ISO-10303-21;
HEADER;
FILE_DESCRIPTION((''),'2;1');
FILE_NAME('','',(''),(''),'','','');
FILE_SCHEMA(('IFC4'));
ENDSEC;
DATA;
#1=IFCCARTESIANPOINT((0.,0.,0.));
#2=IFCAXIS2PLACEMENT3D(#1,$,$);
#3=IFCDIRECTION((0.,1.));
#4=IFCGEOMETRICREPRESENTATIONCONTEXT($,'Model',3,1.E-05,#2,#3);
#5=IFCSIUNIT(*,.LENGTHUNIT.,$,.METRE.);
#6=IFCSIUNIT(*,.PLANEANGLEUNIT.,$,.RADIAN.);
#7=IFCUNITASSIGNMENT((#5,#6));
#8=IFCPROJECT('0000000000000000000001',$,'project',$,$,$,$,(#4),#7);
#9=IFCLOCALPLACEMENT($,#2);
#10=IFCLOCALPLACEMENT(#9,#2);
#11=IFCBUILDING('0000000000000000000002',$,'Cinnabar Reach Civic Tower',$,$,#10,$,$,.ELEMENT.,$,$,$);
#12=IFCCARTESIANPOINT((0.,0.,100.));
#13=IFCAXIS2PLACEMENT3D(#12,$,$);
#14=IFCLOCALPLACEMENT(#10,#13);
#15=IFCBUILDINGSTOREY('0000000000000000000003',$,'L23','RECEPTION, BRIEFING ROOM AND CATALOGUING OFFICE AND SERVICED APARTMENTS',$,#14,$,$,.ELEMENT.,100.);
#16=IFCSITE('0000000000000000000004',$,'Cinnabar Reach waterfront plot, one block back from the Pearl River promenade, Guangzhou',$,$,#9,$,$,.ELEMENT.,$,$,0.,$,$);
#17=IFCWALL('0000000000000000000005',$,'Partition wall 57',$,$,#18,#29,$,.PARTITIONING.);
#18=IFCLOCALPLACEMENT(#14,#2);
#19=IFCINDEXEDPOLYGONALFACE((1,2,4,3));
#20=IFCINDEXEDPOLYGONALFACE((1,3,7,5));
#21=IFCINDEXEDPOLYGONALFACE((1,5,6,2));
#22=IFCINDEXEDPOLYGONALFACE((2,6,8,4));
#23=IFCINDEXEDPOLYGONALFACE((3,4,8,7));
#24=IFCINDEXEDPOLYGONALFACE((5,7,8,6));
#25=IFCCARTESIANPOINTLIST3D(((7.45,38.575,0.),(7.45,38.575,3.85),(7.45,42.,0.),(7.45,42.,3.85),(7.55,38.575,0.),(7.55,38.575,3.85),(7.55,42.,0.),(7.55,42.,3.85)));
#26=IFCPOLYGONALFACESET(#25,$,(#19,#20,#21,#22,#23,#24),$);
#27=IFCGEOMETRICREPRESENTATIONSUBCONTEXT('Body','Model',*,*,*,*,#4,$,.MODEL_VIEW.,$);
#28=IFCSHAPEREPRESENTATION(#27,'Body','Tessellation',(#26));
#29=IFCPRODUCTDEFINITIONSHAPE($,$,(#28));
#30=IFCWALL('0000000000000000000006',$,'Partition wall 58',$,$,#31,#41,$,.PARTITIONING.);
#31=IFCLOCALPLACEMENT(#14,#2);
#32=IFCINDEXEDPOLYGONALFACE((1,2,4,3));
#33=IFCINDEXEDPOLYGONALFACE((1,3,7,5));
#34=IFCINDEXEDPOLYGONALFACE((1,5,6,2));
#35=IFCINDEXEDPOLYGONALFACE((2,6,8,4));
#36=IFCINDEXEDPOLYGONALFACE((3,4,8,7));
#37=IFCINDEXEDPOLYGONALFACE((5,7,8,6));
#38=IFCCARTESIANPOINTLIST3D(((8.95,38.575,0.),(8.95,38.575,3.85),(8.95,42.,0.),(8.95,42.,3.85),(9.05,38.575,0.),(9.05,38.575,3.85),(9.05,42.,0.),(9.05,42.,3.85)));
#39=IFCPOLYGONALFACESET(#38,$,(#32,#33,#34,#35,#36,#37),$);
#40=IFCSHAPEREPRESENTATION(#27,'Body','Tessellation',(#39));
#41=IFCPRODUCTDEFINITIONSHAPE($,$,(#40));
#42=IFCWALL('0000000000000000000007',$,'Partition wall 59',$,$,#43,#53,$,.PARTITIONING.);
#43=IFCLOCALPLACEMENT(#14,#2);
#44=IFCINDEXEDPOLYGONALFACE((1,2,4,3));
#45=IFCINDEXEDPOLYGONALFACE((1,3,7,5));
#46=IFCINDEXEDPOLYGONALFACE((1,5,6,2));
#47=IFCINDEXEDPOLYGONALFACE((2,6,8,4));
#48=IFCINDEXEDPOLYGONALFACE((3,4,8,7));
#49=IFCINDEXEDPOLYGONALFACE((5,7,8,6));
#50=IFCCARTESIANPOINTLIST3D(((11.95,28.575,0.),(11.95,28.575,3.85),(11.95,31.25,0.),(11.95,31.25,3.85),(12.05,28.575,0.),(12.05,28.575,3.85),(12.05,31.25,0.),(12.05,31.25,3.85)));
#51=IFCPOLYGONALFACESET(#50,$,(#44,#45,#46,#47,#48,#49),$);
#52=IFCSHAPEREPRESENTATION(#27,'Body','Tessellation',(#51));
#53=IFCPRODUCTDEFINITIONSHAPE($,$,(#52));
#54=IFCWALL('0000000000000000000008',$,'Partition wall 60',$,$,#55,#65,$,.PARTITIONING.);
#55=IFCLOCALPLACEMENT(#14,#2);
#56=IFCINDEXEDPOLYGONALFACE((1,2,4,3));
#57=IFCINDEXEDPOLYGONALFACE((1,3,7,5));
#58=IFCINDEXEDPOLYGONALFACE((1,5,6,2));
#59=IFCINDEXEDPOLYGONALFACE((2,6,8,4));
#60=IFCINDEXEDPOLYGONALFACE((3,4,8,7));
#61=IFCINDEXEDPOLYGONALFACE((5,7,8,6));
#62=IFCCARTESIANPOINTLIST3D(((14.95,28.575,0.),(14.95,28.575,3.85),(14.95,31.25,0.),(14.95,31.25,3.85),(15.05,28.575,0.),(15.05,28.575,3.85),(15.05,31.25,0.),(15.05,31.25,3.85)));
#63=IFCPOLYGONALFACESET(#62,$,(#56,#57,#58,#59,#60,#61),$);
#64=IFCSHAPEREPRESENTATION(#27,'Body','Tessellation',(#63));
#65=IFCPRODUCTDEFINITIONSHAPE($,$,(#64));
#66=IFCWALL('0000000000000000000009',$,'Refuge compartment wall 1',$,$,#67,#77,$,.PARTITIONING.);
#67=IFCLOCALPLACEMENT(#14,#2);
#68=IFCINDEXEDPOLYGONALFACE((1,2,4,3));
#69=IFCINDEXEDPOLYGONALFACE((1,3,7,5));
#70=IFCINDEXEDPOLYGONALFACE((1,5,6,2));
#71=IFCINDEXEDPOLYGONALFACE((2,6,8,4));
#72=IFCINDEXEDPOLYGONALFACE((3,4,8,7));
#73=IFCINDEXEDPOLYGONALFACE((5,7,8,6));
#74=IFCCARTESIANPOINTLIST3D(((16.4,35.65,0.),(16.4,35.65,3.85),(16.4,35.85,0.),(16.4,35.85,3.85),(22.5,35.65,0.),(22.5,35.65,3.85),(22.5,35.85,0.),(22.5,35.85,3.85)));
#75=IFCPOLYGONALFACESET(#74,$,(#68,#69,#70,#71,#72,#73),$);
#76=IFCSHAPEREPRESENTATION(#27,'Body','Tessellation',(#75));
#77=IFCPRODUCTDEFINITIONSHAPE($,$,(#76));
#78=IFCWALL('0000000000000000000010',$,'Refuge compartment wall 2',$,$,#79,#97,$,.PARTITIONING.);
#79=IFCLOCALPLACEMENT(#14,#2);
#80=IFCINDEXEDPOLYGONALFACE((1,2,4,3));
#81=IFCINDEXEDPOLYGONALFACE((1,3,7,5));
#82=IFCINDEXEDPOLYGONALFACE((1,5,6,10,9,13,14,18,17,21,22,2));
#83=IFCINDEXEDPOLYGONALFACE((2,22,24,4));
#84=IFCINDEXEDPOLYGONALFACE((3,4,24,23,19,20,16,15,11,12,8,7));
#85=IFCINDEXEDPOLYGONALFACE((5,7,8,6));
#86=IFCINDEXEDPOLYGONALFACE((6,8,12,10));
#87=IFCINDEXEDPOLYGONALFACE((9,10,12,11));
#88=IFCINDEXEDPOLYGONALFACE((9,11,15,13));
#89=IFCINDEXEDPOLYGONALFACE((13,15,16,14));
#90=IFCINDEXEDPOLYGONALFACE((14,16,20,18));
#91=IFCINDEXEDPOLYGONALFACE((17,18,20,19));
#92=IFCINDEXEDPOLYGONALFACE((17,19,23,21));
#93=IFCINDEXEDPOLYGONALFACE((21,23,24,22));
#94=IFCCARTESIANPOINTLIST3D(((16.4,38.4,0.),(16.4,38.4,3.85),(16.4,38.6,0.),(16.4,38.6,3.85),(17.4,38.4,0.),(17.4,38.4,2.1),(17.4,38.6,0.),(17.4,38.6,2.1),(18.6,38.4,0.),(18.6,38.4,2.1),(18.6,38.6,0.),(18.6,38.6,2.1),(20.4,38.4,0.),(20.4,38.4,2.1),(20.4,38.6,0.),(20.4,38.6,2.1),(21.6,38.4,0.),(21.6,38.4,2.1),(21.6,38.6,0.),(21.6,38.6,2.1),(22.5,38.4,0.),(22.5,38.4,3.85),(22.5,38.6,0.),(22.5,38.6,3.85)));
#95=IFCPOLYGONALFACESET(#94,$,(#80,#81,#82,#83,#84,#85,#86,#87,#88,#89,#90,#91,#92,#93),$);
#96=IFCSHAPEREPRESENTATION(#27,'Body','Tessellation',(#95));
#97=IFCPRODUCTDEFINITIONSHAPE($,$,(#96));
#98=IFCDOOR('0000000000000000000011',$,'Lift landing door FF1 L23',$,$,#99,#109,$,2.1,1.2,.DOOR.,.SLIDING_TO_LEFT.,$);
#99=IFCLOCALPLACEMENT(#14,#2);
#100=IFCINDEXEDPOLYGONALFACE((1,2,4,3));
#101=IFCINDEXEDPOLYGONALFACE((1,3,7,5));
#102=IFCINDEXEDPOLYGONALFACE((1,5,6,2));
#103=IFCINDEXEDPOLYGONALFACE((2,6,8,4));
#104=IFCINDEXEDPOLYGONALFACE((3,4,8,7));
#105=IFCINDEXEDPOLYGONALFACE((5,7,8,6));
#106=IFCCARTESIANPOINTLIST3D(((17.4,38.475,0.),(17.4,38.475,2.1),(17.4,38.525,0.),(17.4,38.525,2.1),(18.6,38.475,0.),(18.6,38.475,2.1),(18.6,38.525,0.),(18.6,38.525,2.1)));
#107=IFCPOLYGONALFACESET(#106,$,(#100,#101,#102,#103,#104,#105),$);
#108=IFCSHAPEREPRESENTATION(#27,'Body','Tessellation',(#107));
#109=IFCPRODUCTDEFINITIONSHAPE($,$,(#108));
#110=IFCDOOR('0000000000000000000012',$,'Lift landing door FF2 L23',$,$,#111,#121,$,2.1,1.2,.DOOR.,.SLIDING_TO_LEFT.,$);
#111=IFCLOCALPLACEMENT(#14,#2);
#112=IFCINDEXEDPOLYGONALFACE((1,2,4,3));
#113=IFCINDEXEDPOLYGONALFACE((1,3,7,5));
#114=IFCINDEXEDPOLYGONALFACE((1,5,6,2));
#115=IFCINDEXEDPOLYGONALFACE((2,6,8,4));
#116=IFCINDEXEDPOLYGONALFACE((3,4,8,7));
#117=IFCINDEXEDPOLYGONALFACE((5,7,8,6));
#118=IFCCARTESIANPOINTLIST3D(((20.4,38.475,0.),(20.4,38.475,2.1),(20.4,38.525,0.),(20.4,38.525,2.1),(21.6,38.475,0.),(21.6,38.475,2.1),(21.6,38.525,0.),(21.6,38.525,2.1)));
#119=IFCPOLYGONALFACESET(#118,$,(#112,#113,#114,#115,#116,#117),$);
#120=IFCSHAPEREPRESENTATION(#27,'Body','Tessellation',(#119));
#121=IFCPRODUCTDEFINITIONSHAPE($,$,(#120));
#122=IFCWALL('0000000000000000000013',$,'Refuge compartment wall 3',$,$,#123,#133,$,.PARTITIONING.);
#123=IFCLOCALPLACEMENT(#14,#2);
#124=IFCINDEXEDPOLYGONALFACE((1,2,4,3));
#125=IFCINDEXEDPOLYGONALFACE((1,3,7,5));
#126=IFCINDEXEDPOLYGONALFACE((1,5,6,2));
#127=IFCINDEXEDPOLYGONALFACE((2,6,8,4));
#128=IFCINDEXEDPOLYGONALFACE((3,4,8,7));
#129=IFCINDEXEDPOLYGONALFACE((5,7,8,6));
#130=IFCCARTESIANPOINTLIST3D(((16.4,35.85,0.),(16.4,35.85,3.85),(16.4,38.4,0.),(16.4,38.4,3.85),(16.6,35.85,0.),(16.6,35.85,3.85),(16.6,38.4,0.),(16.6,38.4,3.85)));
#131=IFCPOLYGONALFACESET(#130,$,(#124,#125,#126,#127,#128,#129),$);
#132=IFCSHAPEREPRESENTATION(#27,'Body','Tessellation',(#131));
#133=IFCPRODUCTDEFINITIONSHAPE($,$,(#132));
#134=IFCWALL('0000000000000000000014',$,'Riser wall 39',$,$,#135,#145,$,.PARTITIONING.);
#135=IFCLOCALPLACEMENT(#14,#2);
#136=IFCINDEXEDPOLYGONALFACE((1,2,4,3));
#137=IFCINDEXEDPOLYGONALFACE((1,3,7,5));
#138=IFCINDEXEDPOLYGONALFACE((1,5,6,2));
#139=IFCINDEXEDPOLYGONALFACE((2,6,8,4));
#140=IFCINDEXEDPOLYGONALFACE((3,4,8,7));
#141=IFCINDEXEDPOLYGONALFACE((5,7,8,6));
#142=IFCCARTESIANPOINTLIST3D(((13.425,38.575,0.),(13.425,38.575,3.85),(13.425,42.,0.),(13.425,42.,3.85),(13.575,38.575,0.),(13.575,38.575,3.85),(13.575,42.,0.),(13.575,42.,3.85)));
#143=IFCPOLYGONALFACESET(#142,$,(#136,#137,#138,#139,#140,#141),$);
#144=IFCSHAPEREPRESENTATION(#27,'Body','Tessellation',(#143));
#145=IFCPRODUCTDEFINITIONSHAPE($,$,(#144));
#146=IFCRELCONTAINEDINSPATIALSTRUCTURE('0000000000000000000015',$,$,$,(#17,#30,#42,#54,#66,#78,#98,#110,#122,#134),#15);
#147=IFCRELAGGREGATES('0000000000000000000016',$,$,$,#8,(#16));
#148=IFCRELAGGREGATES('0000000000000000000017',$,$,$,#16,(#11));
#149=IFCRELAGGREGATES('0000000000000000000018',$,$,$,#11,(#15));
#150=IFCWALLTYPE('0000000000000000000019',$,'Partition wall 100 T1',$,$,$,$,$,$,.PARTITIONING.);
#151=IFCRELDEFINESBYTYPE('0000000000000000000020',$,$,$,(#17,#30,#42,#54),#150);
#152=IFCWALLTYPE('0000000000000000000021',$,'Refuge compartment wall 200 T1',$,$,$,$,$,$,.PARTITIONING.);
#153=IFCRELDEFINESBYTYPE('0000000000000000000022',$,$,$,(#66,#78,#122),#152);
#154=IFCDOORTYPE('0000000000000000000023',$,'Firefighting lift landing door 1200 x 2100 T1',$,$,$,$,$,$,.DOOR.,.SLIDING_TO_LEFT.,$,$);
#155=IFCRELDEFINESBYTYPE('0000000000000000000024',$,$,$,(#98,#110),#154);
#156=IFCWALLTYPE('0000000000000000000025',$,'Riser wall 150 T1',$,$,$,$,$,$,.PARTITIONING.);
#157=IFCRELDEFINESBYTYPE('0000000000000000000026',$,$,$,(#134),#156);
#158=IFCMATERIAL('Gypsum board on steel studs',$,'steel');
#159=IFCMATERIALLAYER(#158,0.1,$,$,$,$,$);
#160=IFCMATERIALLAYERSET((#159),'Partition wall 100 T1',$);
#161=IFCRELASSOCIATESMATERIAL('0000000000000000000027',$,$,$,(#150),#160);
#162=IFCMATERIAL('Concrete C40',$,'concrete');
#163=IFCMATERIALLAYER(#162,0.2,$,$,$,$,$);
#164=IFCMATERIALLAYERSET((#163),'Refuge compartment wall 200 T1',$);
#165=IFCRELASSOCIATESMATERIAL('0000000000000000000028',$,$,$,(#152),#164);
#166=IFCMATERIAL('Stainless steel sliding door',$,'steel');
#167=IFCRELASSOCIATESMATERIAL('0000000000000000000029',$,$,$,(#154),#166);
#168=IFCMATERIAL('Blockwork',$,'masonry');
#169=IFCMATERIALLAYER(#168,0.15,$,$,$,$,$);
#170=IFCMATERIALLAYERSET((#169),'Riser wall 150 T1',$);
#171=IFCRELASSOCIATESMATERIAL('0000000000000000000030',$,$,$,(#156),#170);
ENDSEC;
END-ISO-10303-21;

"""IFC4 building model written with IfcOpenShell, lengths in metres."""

from ifc_helpers import new_model, si_unit, direction, frame, frame_2d, origin, place, context, subcontext, project, spatial, rectangle, extrude, material, layer, layer_set, type_object, element, fill, save


model = new_model("IFC4")

# Units and contexts
model_context = context("Model", 3, precision=1e-05, world=origin(), true_north=direction((0.0, 1.0)))
body_context = subcontext(model_context, "Body", "Model", "MODEL_VIEW")
ifc_project = project(units=[si_unit("LENGTHUNIT", "METRE"), si_unit("PLANEANGLEUNIT", "RADIAN")], contexts=[model_context])

# Site, building, storey
site_placement = place(None, origin())
site = spatial("IfcSite", under=ifc_project, at=site_placement, Name="Cinnabar Reach waterfront plot, one block back from the Pearl River promenade, Guangzhou", CompositionType="ELEMENT", RefElevation=0.0)
building_placement = place(site_placement, origin())
building = spatial("IfcBuilding", under=site, at=building_placement, Name="Cinnabar Reach Civic Tower", CompositionType="ELEMENT")
storey_placement = place(building_placement, frame((0.0, 0.0, 100.0)))
storey = spatial("IfcBuildingStorey", under=building, at=storey_placement, Name="L23", Description="RECEPTION, BRIEFING ROOM AND CATALOGUING OFFICE AND SERVICED APARTMENTS", CompositionType="ELEMENT", Elevation=100.0)

# Walls
ifc_material_1 = material(Name="Blockwork", Category="masonry")
ifc_material_2 = material(Name="Gypsum board on steel studs", Category="steel")
ifc_layer_1 = layer(ifc_material_2, 0.1)
ifc_layer_set_1 = layer_set([ifc_layer_1], Name="Partition wall 100 T1")
wall_type_1 = type_object("IfcWallType", Name="Partition wall 100 T1", PredefinedType="PARTITIONING", material=ifc_layer_set_1)
for number, where, z_axis, x_axis, name in (
    (1, (7.5, 38.575, 0.0), (0.0, 0.0, 1.0), (0.0, 1.0, 0.0), "Partition wall 57"),
    (2, (9.0, 38.575, 0.0), (0.0, 0.0, 1.0), (0.0, 1.0, 0.0), "Partition wall 58"),
):
    element("IfcWall", number, at=place(storey_placement, frame(where, z_axis=z_axis, x_axis=x_axis)), inside=storey, type_object=wall_type_1, Name=name, PredefinedType="PARTITIONING", context=body_context, shape_type="SweptSolid", body=[
        extrude(rectangle(XDim=3.425, YDim=0.1, at=frame_2d((1.7125, 0.0))), origin(), (0.0, 0.0, 1.0), 3.85),
    ])
for number, where, z_axis, x_axis, name in (
    (3, (12.0, 28.575, 0.0), (0.0, 0.0, 1.0), (0.0, 1.0, 0.0), "Partition wall 59"),
    (4, (15.0, 28.575, 0.0), (0.0, 0.0, 1.0), (0.0, 1.0, 0.0), "Partition wall 60"),
):
    element("IfcWall", number, at=place(storey_placement, frame(where, z_axis=z_axis, x_axis=x_axis)), inside=storey, type_object=wall_type_1, Name=name, PredefinedType="PARTITIONING", context=body_context, shape_type="SweptSolid", body=[
        extrude(rectangle(XDim=2.675, YDim=0.1, at=frame_2d((1.3375, 0.0))), origin(), (0.0, 0.0, 1.0), 3.85),
    ])
ifc_material_3 = material(Name="Concrete C40", Category="concrete")
ifc_layer_2 = layer(ifc_material_3, 0.2)
ifc_layer_set_2 = layer_set([ifc_layer_2], Name="Refuge compartment wall 200 T1")
wall_type_2 = type_object("IfcWallType", Name="Refuge compartment wall 200 T1", PredefinedType="PARTITIONING", material=ifc_layer_set_2)
wall_1_placement = place(storey_placement, frame((16.4, 35.75, 0.0), z_axis=(0.0, 0.0, 1.0), x_axis=(1.0, 0.0, 0.0)))
element("IfcWall", 5, at=wall_1_placement, inside=storey, type_object=wall_type_2, Name="Refuge compartment wall 1", PredefinedType="PARTITIONING", context=body_context, shape_type="SweptSolid", body=[
    extrude(rectangle(XDim=6.1, YDim=0.2, at=frame_2d((3.05, 0.0))), origin(), (0.0, 0.0, 1.0), 3.85),
])

# Wall, openings, doors
wall_2_placement = place(storey_placement, frame((16.4, 38.5, 0.0), z_axis=(0.0, 0.0, 1.0), x_axis=(1.0, 0.0, 0.0)))
wall_2 = element("IfcWall", 6, at=wall_2_placement, inside=storey, type_object=wall_type_2, Name="Refuge compartment wall 2", PredefinedType="PARTITIONING", context=body_context, shape_type="SweptSolid", body=[
    extrude(rectangle(XDim=6.1, YDim=0.2, at=frame_2d((3.05, 0.0))), origin(), (0.0, 0.0, 1.0), 3.85),
])
opening_1_placement = place(wall_2_placement, frame((1.0, 0.0, 0.0)))
opening_1 = element("IfcOpeningElement", 7, at=opening_1_placement, cuts=wall_2, PredefinedType="OPENING", context=body_context, shape_type="SweptSolid", body=[
    extrude(rectangle(XDim=1.2, YDim=2.1, at=frame_2d((0.6, 1.05))), frame((0.0, 0.11, 0.0), z_axis=(0.0, -1.0, 0.0), x_axis=(1.0, 0.0, 0.0)), (0.0, 0.0, 1.0), 0.22),
])
opening_2_placement = place(wall_2_placement, frame((4.0, 0.0, 0.0)))
opening_2 = element("IfcOpeningElement", 8, at=opening_2_placement, cuts=wall_2, PredefinedType="OPENING", context=body_context, shape_type="SweptSolid", body=[
    extrude(rectangle(XDim=1.2, YDim=2.1, at=frame_2d((0.6, 1.05))), frame((0.0, 0.11, 0.0), z_axis=(0.0, -1.0, 0.0), x_axis=(1.0, 0.0, 0.0)), (0.0, 0.0, 1.0), 0.22),
])
ifc_material_4 = material(Name="Stainless steel sliding door", Category="steel")
door_type_1 = type_object("IfcDoorType", Name="Firefighting lift landing door 1200 x 2100 T1", OperationType="SLIDING_TO_LEFT", PredefinedType="DOOR", material=ifc_material_4)
door_1_placement = place(opening_1_placement, origin())
door_1 = element("IfcDoor", 9, at=door_1_placement, inside=storey, type_object=door_type_1, Name="Lift landing door FF1 L23", OperationType="SLIDING_TO_LEFT", OverallHeight=2.1, OverallWidth=1.2, PredefinedType="DOOR", context=body_context, shape_type="SweptSolid", body=[
    extrude(rectangle(XDim=1.2, YDim=2.1, at=frame_2d((0.6, 1.05))), frame((0.0, 0.025, 0.0), z_axis=(0.0, -1.0, 0.0), x_axis=(1.0, 0.0, 0.0)), (0.0, 0.0, 1.0), 0.05),
])
fill(opening_1, door_1)
door_2_placement = place(opening_2_placement, origin())
door_2 = element("IfcDoor", 10, at=door_2_placement, inside=storey, type_object=door_type_1, Name="Lift landing door FF2 L23", OperationType="SLIDING_TO_LEFT", OverallHeight=2.1, OverallWidth=1.2, PredefinedType="DOOR", context=body_context, shape_type="SweptSolid", body=[
    extrude(rectangle(XDim=1.2, YDim=2.1, at=frame_2d((0.6, 1.05))), frame((0.0, 0.025, 0.0), z_axis=(0.0, -1.0, 0.0), x_axis=(1.0, 0.0, 0.0)), (0.0, 0.0, 1.0), 0.05),
])
fill(opening_2, door_2)

# Walls
wall_3_placement = place(storey_placement, frame((16.5, 35.85, 0.0), z_axis=(0.0, 0.0, 1.0), x_axis=(0.0, 1.0, 0.0)))
element("IfcWall", 11, at=wall_3_placement, inside=storey, type_object=wall_type_2, Name="Refuge compartment wall 3", PredefinedType="PARTITIONING", context=body_context, shape_type="SweptSolid", body=[
    extrude(rectangle(XDim=2.55, YDim=0.2, at=frame_2d((1.275, 0.0))), origin(), (0.0, 0.0, 1.0), 3.85),
])
ifc_layer_3 = layer(ifc_material_1, 0.15)
ifc_layer_set_3 = layer_set([ifc_layer_3], Name="Riser wall 150 T1")
wall_type_3 = type_object("IfcWallType", Name="Riser wall 150 T1", PredefinedType="PARTITIONING", material=ifc_layer_set_3)
wall_4_placement = place(storey_placement, frame((13.5, 38.575, 0.0), z_axis=(0.0, 0.0, 1.0), x_axis=(0.0, 1.0, 0.0)))
element("IfcWall", 12, at=wall_4_placement, inside=storey, type_object=wall_type_3, Name="Riser wall 39", PredefinedType="PARTITIONING", context=body_context, shape_type="SweptSolid", body=[
    extrude(rectangle(XDim=3.425, YDim=0.15, at=frame_2d((1.7125, 0.0))), origin(), (0.0, 0.0, 1.0), 3.85),
])

save(model, "model.ifc")
